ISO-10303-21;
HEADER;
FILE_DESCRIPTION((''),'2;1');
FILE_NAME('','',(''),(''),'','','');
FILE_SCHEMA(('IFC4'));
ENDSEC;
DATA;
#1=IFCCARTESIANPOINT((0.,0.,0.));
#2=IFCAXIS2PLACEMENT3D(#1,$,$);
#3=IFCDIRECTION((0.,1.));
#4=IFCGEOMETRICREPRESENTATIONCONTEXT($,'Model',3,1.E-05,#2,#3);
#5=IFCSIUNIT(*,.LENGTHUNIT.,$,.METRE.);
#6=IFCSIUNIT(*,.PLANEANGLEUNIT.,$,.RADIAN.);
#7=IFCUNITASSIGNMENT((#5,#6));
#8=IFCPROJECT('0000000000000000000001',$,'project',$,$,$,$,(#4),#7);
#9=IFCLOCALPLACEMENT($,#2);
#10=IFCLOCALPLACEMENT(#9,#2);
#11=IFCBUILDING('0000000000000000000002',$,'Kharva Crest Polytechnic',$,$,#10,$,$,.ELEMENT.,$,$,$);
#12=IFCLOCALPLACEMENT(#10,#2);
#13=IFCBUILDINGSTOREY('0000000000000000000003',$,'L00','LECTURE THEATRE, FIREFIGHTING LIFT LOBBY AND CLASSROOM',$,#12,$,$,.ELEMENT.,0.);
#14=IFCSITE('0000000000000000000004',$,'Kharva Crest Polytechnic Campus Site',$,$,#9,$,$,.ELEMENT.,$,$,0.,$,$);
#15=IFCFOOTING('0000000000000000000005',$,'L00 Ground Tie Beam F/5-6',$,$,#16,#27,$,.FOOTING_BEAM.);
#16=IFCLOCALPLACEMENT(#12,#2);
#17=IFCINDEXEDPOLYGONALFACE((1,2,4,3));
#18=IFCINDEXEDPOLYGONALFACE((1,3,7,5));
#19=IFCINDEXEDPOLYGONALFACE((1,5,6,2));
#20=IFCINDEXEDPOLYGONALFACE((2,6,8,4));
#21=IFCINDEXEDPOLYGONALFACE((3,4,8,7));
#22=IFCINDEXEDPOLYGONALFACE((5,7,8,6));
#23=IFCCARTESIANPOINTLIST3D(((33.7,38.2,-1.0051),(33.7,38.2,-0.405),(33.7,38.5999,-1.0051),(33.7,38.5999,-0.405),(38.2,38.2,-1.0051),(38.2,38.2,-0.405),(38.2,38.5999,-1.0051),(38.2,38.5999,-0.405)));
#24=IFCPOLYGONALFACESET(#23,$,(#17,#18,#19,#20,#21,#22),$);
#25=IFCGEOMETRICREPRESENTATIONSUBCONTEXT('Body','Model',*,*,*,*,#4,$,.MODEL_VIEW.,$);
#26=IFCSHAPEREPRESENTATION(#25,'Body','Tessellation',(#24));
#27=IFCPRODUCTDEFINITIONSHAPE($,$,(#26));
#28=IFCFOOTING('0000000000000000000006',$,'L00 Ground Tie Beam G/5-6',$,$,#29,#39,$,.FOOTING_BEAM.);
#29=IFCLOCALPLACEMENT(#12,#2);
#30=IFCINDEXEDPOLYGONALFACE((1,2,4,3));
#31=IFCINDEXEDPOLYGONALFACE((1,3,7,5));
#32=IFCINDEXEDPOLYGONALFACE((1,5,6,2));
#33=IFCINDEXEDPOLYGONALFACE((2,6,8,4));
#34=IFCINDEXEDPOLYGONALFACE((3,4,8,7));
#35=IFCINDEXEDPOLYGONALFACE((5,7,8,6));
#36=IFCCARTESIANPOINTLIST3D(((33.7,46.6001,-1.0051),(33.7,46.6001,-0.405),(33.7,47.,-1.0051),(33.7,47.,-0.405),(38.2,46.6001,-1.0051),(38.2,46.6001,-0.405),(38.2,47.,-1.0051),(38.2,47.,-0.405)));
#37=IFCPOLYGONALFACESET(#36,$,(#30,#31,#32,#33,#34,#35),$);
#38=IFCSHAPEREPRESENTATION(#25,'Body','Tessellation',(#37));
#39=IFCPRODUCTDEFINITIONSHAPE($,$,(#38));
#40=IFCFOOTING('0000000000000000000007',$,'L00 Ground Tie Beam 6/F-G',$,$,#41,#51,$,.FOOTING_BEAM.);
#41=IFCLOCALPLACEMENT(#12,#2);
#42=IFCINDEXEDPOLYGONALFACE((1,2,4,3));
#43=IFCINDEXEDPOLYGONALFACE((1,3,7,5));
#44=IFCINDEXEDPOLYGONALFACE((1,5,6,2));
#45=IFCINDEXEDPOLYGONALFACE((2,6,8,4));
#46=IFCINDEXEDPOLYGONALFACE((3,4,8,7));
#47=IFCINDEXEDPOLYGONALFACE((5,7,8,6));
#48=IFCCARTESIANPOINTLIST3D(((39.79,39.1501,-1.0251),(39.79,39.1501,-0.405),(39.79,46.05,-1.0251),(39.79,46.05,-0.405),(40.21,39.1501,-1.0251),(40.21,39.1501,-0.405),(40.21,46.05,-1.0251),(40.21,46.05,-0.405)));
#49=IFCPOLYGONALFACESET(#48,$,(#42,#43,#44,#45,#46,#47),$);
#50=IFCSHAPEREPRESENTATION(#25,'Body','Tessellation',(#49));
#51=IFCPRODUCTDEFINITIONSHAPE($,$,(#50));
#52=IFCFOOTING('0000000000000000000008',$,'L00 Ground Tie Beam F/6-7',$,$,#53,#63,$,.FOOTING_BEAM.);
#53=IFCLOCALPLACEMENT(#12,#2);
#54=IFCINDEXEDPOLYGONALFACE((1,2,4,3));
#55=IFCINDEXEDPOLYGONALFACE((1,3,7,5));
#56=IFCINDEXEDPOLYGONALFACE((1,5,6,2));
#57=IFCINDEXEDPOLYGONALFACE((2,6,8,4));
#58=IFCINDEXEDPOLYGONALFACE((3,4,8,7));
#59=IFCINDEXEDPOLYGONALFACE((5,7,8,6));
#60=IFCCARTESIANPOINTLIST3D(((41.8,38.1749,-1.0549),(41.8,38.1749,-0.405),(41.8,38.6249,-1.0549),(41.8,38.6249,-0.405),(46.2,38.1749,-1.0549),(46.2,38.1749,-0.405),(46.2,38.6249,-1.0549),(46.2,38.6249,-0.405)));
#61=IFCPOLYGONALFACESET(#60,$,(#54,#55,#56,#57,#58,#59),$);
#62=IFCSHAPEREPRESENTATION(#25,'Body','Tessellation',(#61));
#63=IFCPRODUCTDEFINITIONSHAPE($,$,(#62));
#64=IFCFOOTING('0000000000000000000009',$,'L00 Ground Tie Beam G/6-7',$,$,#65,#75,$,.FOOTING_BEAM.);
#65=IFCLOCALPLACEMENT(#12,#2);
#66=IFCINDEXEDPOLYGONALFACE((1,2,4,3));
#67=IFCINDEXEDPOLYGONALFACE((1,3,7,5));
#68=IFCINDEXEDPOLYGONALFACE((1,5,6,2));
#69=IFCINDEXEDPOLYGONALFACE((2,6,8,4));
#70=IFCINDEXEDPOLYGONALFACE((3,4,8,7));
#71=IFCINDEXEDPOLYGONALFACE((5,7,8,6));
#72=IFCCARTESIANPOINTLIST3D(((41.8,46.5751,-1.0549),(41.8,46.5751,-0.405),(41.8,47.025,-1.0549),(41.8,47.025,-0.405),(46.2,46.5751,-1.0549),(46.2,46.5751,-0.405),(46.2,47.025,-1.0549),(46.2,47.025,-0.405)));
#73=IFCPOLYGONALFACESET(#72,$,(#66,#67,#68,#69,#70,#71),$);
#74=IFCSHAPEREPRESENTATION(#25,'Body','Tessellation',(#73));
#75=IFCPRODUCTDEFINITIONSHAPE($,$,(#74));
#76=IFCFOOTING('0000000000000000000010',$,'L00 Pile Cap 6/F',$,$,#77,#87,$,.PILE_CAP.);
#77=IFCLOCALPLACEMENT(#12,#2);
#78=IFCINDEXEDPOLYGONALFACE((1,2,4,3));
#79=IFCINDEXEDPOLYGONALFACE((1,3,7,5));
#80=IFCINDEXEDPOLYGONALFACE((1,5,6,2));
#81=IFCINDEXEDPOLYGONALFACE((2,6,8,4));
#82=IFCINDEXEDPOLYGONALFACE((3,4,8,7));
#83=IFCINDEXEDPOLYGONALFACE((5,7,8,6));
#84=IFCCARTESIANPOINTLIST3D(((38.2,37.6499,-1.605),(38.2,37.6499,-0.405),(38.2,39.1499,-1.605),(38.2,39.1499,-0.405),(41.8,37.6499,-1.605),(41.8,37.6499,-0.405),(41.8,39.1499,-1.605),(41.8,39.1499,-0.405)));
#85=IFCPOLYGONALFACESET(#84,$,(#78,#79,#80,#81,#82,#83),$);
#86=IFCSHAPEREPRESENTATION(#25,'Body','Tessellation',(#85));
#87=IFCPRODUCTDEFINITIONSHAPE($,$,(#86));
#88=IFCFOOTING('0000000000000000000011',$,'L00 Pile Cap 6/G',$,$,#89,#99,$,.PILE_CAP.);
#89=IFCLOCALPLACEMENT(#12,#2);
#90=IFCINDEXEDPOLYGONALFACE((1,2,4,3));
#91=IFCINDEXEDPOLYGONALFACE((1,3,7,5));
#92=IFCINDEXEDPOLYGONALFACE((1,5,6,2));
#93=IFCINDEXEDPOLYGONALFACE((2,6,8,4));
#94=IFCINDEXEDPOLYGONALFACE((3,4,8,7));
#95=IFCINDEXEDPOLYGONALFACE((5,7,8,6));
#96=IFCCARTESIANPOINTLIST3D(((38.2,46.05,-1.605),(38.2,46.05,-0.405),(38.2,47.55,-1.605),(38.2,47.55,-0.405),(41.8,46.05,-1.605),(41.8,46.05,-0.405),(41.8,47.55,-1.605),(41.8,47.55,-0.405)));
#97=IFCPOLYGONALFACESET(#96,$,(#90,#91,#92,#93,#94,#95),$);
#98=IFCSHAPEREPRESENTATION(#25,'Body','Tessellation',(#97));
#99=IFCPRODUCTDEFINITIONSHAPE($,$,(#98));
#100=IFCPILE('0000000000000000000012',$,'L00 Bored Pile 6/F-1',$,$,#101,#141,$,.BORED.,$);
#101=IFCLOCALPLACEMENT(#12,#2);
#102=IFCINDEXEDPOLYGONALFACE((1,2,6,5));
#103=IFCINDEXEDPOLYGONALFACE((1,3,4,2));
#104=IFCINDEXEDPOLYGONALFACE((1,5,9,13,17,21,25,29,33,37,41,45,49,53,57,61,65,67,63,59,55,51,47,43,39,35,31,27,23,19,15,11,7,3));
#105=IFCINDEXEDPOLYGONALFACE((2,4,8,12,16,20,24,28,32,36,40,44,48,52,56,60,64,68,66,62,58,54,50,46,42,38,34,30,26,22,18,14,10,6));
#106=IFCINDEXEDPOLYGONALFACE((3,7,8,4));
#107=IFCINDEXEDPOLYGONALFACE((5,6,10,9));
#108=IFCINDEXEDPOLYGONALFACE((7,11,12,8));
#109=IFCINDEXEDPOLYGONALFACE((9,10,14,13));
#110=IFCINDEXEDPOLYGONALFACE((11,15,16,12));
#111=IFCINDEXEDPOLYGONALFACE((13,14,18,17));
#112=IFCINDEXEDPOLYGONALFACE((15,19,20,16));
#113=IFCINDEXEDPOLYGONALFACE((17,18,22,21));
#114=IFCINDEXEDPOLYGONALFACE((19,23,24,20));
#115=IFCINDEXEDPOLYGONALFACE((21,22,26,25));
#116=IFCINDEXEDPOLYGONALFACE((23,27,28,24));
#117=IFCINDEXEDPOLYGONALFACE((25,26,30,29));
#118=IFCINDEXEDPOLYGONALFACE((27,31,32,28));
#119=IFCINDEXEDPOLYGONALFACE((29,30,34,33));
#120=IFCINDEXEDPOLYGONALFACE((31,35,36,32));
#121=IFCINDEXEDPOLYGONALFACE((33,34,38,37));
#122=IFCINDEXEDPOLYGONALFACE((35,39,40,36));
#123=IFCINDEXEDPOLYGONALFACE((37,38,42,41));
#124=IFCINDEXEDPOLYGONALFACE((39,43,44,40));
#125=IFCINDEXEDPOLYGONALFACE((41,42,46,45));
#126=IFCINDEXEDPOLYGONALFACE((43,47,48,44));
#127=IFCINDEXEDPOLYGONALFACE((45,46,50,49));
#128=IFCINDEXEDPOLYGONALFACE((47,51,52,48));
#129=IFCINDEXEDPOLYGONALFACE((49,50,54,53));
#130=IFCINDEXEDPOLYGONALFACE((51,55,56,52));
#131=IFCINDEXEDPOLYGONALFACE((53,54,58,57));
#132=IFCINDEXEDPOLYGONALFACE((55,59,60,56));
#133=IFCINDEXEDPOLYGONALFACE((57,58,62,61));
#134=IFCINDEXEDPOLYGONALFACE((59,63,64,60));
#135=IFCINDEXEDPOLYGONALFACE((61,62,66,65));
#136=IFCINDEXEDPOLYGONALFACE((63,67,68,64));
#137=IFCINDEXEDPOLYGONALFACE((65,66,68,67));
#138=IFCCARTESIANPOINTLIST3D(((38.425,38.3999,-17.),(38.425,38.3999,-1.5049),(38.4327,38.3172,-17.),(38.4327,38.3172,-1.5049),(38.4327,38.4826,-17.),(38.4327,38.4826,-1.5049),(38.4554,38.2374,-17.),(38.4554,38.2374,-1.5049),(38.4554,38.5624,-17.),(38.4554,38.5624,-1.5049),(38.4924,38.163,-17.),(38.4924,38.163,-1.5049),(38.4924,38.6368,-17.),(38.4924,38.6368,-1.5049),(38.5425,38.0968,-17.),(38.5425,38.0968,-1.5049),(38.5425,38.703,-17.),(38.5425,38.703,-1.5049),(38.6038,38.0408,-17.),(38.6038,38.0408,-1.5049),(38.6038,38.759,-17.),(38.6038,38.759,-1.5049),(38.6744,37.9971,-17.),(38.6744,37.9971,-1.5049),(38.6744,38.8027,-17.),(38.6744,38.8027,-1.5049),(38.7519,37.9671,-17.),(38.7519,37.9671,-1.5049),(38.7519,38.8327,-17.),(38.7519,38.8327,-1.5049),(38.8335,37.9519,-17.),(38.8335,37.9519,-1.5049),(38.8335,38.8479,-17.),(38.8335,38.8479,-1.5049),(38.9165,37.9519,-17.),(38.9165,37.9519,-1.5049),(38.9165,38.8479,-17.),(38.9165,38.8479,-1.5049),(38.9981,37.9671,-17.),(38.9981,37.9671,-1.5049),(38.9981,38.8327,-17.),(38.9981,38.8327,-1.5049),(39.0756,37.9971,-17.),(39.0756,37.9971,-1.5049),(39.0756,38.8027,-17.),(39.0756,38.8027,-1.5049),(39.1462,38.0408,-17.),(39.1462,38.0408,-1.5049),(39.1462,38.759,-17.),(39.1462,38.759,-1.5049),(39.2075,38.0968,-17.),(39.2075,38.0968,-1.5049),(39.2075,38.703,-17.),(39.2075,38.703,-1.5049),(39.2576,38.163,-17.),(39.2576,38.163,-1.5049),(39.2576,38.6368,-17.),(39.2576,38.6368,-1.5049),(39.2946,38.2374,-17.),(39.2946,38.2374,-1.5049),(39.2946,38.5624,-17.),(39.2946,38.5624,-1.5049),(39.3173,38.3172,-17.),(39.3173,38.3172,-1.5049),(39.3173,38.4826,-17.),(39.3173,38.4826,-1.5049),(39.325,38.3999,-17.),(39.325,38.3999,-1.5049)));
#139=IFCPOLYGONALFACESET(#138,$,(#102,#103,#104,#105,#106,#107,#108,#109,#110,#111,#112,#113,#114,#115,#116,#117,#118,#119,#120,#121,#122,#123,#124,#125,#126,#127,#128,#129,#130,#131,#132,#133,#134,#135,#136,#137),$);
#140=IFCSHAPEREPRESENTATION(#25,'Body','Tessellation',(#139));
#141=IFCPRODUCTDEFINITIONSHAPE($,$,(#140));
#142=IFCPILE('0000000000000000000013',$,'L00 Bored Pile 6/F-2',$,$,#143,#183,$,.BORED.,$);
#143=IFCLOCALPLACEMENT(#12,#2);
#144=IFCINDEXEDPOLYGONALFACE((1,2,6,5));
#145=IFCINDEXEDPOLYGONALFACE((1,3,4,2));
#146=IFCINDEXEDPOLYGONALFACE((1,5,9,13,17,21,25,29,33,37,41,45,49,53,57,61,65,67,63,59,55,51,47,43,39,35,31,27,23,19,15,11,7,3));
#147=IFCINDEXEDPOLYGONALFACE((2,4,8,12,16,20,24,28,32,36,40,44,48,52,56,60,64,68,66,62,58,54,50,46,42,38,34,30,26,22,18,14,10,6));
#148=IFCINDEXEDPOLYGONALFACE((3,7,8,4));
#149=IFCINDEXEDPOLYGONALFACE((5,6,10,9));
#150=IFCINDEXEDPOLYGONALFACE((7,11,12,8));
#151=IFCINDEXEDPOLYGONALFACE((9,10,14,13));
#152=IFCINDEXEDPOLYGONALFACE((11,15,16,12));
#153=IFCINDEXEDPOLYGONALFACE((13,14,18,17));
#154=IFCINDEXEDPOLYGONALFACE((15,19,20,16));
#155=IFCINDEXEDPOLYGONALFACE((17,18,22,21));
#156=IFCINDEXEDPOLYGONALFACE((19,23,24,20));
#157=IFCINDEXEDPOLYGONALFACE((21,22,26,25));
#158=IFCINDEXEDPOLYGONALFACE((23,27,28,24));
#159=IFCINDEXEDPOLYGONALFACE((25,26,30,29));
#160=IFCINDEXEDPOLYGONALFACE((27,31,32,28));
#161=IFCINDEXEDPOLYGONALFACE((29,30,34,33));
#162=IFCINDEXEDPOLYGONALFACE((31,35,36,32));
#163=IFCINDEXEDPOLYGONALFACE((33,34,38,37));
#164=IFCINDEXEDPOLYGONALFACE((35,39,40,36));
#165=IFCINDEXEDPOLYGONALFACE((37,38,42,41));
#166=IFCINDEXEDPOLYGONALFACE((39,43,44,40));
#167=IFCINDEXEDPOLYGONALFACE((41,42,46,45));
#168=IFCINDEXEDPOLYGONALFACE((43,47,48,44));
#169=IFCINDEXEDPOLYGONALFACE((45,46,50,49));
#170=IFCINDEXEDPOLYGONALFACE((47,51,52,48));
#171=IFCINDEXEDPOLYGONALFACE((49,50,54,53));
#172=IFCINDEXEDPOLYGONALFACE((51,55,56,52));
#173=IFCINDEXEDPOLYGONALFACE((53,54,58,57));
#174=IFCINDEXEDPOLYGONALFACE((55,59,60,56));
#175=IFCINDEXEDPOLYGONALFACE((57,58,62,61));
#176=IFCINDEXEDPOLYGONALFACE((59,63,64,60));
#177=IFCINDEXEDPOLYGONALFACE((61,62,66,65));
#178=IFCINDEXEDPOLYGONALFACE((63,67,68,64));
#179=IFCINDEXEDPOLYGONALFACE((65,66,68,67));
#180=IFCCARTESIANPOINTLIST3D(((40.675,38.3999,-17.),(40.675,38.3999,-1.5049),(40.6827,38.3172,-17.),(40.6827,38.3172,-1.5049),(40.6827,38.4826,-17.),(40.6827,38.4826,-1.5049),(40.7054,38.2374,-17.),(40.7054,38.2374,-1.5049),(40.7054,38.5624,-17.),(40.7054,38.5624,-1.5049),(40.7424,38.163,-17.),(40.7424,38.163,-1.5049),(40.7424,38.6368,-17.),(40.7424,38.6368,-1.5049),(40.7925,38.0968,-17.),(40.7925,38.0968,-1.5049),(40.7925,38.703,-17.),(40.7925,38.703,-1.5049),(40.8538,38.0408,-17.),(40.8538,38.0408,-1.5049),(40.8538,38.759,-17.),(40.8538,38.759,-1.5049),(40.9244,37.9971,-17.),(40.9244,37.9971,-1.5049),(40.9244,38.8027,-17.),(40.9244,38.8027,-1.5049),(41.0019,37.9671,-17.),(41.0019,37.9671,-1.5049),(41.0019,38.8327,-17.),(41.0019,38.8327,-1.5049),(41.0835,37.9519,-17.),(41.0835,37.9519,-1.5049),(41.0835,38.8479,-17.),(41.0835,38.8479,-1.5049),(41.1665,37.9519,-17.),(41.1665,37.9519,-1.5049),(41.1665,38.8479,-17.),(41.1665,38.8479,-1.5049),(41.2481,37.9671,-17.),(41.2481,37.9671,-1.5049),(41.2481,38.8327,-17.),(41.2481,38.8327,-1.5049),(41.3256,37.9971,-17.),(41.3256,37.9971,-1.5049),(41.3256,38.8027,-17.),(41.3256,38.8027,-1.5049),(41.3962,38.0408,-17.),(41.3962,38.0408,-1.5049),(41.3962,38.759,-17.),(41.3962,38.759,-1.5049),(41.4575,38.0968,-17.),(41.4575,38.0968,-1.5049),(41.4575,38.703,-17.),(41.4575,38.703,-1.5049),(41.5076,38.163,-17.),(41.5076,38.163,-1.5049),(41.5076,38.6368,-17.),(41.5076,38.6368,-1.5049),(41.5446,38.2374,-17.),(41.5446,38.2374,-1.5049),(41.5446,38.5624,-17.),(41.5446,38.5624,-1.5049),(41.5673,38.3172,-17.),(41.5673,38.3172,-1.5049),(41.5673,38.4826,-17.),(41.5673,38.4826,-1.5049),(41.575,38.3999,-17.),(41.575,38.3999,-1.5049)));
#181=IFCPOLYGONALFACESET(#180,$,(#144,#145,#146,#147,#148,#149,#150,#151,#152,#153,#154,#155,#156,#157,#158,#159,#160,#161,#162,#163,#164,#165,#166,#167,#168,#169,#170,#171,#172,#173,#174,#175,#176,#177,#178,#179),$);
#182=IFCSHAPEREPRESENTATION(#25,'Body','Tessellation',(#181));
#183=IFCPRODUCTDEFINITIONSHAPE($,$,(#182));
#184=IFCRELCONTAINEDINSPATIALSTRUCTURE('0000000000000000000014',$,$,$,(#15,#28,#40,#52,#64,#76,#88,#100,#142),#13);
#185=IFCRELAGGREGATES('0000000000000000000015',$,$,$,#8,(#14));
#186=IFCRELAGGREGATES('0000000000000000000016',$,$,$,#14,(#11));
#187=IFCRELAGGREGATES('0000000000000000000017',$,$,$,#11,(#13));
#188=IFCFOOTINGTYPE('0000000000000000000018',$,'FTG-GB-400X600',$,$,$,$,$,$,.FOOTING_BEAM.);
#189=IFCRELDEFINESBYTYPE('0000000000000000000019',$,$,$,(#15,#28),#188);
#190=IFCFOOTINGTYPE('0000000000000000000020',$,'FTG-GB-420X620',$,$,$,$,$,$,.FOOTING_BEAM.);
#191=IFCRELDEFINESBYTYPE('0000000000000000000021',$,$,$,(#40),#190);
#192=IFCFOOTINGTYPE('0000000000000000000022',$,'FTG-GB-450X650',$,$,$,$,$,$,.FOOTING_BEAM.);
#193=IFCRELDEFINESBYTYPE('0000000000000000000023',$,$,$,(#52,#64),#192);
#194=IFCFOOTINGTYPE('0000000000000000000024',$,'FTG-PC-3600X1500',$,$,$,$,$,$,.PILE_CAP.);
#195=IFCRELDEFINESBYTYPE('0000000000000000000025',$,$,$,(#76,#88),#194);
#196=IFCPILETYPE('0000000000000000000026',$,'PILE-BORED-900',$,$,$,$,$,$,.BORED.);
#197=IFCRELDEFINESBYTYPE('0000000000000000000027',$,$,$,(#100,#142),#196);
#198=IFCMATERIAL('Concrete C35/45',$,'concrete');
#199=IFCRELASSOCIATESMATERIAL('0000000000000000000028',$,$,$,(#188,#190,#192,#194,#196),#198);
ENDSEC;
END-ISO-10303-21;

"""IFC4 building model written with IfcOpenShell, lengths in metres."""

from ifc_helpers import new_model, si_unit, direction, frame, origin, origin_2d, place, context, subcontext, project, spatial, rectangle, circle, extrude, material, material_profile, profile_set, type_object, element, save


model = new_model("IFC4")

# Units and contexts
model_context = context("Model", 3, precision=1e-05, world=origin(), true_north=direction((0.0, 1.0)))
body_context = subcontext(model_context, "Body", "Model", "MODEL_VIEW")
ifc_project = project(units=[si_unit("LENGTHUNIT", "METRE"), si_unit("PLANEANGLEUNIT", "RADIAN")], contexts=[model_context])

# Site, building, storey
site_placement = place(None, origin())
site = spatial("IfcSite", under=ifc_project, at=site_placement, Name="Kharva Crest Polytechnic Campus Site", CompositionType="ELEMENT", RefElevation=0.0)
building_placement = place(site_placement, origin())
building = spatial("IfcBuilding", under=site, at=building_placement, Name="Kharva Crest Polytechnic", CompositionType="ELEMENT")
storey_placement = place(building_placement, origin())
storey = spatial("IfcBuildingStorey", under=building, at=storey_placement, Name="L00", Description="LECTURE THEATRE, FIREFIGHTING LIFT LOBBY AND CLASSROOM", CompositionType="ELEMENT", Elevation=0.0)

# Footings
ifc_material_1 = material(Name="Concrete C35/45", Category="concrete")
footing_type_1 = type_object("IfcFootingType", Name="FTG-GB-400X600", PredefinedType="FOOTING_BEAM", material=ifc_material_1)
for number, where, z_axis, x_axis, name in (
    (1, (35.95, 38.3999, -1.0051), (0.0, 0.0, 1.0), (1.0, 0.0, 0.0), "L00 Ground Tie Beam F/5-6"),
    (2, (35.95, 46.8, -1.0051), (0.0, 0.0, 1.0), (1.0, 0.0, 0.0), "L00 Ground Tie Beam G/5-6"),
):
    element("IfcFooting", number, at=place(storey_placement, frame(where, z_axis=z_axis, x_axis=x_axis)), inside=storey, type_object=footing_type_1, Name=name, PredefinedType="FOOTING_BEAM", context=body_context, shape_type="SweptSolid", body=[
        extrude(rectangle(XDim=4.5, YDim=0.3999, at=origin_2d()), origin(), (0.0, 0.0, 1.0), 0.6001),
    ])
footing_type_2 = type_object("IfcFootingType", Name="FTG-GB-420X620", PredefinedType="FOOTING_BEAM", material=ifc_material_1)
footing_placement = place(storey_placement, frame((40.0, 42.6001, -1.0251), z_axis=(0.0, 0.0, 1.0), x_axis=(0.0, 1.0, 0.0)))
element("IfcFooting", 3, at=footing_placement, inside=storey, type_object=footing_type_2, Name="L00 Ground Tie Beam 6/F-G", PredefinedType="FOOTING_BEAM", context=body_context, shape_type="SweptSolid", body=[
    extrude(rectangle(XDim=6.8999, YDim=0.4199, at=origin_2d()), origin(), (0.0, 0.0, 1.0), 0.6201),
])
footing_type_3 = type_object("IfcFootingType", Name="FTG-GB-450X650", PredefinedType="FOOTING_BEAM", material=ifc_material_1)
for number, where, z_axis, x_axis, name in (
    (4, (44.0, 38.3999, -1.0549), (0.0, 0.0, 1.0), (1.0, 0.0, 0.0), "L00 Ground Tie Beam F/6-7"),
    (5, (44.0, 46.8, -1.0549), (0.0, 0.0, 1.0), (1.0, 0.0, 0.0), "L00 Ground Tie Beam G/6-7"),
):
    element("IfcFooting", number, at=place(storey_placement, frame(where, z_axis=z_axis, x_axis=x_axis)), inside=storey, type_object=footing_type_3, Name=name, PredefinedType="FOOTING_BEAM", context=body_context, shape_type="SweptSolid", body=[
        extrude(rectangle(XDim=4.3999, YDim=0.45, at=origin_2d()), origin(), (0.0, 0.0, 1.0), 0.6499),
    ])
footing_type_4 = type_object("IfcFootingType", Name="FTG-PC-3600X1500", PredefinedType="PILE_CAP", material=ifc_material_1)
for number, where, z_axis, x_axis, name in (
    (6, (40.0, 38.3999, -1.605), (0.0, 0.0, 1.0), (1.0, 0.0, 0.0), "L00 Pile Cap 6/F"),
    (7, (40.0, 46.8, -1.605), (0.0, 0.0, 1.0), (1.0, 0.0, 0.0), "L00 Pile Cap 6/G"),
):
    element("IfcFooting", number, at=place(storey_placement, frame(where, z_axis=z_axis, x_axis=x_axis)), inside=storey, type_object=footing_type_4, Name=name, PredefinedType="PILE_CAP", context=body_context, shape_type="SweptSolid", body=[
        extrude(rectangle(XDim=3.6001, YDim=1.5, at=origin_2d()), origin(), (0.0, 0.0, 1.0), 1.2),
    ])

# Piles
ifc_material_profile_1 = material_profile(ifc_material_1, circle(Radius=0.45, at=origin_2d()), Name="DIA 900")
ifc_profile_set_1 = profile_set([ifc_material_profile_1], Name="Concrete C35/45")
pile_type = type_object("IfcPileType", Name="PILE-BORED-900", PredefinedType="BORED", material=ifc_profile_set_1)
for number, where, z_axis, x_axis, name in (
    (8, (38.875, 38.3999, -1.5049), (0.0, 0.0, -1.0), (1.0, 0.0, 0.0), "L00 Bored Pile 6/F-1"),
    (9, (41.125, 38.3999, -1.5049), (0.0, 0.0, -1.0), (1.0, 0.0, 0.0), "L00 Bored Pile 6/F-2"),
):
    element("IfcPile", number, at=place(storey_placement, frame(where, z_axis=z_axis, x_axis=x_axis)), inside=storey, type_object=pile_type, Name=name, PredefinedType="BORED", context=body_context, shape_type="SweptSolid", body=[
        extrude(circle(Radius=0.45, at=origin_2d()), origin(), (0.0, 0.0, 1.0), 15.4951),
    ])

save(model, "model.ifc")
